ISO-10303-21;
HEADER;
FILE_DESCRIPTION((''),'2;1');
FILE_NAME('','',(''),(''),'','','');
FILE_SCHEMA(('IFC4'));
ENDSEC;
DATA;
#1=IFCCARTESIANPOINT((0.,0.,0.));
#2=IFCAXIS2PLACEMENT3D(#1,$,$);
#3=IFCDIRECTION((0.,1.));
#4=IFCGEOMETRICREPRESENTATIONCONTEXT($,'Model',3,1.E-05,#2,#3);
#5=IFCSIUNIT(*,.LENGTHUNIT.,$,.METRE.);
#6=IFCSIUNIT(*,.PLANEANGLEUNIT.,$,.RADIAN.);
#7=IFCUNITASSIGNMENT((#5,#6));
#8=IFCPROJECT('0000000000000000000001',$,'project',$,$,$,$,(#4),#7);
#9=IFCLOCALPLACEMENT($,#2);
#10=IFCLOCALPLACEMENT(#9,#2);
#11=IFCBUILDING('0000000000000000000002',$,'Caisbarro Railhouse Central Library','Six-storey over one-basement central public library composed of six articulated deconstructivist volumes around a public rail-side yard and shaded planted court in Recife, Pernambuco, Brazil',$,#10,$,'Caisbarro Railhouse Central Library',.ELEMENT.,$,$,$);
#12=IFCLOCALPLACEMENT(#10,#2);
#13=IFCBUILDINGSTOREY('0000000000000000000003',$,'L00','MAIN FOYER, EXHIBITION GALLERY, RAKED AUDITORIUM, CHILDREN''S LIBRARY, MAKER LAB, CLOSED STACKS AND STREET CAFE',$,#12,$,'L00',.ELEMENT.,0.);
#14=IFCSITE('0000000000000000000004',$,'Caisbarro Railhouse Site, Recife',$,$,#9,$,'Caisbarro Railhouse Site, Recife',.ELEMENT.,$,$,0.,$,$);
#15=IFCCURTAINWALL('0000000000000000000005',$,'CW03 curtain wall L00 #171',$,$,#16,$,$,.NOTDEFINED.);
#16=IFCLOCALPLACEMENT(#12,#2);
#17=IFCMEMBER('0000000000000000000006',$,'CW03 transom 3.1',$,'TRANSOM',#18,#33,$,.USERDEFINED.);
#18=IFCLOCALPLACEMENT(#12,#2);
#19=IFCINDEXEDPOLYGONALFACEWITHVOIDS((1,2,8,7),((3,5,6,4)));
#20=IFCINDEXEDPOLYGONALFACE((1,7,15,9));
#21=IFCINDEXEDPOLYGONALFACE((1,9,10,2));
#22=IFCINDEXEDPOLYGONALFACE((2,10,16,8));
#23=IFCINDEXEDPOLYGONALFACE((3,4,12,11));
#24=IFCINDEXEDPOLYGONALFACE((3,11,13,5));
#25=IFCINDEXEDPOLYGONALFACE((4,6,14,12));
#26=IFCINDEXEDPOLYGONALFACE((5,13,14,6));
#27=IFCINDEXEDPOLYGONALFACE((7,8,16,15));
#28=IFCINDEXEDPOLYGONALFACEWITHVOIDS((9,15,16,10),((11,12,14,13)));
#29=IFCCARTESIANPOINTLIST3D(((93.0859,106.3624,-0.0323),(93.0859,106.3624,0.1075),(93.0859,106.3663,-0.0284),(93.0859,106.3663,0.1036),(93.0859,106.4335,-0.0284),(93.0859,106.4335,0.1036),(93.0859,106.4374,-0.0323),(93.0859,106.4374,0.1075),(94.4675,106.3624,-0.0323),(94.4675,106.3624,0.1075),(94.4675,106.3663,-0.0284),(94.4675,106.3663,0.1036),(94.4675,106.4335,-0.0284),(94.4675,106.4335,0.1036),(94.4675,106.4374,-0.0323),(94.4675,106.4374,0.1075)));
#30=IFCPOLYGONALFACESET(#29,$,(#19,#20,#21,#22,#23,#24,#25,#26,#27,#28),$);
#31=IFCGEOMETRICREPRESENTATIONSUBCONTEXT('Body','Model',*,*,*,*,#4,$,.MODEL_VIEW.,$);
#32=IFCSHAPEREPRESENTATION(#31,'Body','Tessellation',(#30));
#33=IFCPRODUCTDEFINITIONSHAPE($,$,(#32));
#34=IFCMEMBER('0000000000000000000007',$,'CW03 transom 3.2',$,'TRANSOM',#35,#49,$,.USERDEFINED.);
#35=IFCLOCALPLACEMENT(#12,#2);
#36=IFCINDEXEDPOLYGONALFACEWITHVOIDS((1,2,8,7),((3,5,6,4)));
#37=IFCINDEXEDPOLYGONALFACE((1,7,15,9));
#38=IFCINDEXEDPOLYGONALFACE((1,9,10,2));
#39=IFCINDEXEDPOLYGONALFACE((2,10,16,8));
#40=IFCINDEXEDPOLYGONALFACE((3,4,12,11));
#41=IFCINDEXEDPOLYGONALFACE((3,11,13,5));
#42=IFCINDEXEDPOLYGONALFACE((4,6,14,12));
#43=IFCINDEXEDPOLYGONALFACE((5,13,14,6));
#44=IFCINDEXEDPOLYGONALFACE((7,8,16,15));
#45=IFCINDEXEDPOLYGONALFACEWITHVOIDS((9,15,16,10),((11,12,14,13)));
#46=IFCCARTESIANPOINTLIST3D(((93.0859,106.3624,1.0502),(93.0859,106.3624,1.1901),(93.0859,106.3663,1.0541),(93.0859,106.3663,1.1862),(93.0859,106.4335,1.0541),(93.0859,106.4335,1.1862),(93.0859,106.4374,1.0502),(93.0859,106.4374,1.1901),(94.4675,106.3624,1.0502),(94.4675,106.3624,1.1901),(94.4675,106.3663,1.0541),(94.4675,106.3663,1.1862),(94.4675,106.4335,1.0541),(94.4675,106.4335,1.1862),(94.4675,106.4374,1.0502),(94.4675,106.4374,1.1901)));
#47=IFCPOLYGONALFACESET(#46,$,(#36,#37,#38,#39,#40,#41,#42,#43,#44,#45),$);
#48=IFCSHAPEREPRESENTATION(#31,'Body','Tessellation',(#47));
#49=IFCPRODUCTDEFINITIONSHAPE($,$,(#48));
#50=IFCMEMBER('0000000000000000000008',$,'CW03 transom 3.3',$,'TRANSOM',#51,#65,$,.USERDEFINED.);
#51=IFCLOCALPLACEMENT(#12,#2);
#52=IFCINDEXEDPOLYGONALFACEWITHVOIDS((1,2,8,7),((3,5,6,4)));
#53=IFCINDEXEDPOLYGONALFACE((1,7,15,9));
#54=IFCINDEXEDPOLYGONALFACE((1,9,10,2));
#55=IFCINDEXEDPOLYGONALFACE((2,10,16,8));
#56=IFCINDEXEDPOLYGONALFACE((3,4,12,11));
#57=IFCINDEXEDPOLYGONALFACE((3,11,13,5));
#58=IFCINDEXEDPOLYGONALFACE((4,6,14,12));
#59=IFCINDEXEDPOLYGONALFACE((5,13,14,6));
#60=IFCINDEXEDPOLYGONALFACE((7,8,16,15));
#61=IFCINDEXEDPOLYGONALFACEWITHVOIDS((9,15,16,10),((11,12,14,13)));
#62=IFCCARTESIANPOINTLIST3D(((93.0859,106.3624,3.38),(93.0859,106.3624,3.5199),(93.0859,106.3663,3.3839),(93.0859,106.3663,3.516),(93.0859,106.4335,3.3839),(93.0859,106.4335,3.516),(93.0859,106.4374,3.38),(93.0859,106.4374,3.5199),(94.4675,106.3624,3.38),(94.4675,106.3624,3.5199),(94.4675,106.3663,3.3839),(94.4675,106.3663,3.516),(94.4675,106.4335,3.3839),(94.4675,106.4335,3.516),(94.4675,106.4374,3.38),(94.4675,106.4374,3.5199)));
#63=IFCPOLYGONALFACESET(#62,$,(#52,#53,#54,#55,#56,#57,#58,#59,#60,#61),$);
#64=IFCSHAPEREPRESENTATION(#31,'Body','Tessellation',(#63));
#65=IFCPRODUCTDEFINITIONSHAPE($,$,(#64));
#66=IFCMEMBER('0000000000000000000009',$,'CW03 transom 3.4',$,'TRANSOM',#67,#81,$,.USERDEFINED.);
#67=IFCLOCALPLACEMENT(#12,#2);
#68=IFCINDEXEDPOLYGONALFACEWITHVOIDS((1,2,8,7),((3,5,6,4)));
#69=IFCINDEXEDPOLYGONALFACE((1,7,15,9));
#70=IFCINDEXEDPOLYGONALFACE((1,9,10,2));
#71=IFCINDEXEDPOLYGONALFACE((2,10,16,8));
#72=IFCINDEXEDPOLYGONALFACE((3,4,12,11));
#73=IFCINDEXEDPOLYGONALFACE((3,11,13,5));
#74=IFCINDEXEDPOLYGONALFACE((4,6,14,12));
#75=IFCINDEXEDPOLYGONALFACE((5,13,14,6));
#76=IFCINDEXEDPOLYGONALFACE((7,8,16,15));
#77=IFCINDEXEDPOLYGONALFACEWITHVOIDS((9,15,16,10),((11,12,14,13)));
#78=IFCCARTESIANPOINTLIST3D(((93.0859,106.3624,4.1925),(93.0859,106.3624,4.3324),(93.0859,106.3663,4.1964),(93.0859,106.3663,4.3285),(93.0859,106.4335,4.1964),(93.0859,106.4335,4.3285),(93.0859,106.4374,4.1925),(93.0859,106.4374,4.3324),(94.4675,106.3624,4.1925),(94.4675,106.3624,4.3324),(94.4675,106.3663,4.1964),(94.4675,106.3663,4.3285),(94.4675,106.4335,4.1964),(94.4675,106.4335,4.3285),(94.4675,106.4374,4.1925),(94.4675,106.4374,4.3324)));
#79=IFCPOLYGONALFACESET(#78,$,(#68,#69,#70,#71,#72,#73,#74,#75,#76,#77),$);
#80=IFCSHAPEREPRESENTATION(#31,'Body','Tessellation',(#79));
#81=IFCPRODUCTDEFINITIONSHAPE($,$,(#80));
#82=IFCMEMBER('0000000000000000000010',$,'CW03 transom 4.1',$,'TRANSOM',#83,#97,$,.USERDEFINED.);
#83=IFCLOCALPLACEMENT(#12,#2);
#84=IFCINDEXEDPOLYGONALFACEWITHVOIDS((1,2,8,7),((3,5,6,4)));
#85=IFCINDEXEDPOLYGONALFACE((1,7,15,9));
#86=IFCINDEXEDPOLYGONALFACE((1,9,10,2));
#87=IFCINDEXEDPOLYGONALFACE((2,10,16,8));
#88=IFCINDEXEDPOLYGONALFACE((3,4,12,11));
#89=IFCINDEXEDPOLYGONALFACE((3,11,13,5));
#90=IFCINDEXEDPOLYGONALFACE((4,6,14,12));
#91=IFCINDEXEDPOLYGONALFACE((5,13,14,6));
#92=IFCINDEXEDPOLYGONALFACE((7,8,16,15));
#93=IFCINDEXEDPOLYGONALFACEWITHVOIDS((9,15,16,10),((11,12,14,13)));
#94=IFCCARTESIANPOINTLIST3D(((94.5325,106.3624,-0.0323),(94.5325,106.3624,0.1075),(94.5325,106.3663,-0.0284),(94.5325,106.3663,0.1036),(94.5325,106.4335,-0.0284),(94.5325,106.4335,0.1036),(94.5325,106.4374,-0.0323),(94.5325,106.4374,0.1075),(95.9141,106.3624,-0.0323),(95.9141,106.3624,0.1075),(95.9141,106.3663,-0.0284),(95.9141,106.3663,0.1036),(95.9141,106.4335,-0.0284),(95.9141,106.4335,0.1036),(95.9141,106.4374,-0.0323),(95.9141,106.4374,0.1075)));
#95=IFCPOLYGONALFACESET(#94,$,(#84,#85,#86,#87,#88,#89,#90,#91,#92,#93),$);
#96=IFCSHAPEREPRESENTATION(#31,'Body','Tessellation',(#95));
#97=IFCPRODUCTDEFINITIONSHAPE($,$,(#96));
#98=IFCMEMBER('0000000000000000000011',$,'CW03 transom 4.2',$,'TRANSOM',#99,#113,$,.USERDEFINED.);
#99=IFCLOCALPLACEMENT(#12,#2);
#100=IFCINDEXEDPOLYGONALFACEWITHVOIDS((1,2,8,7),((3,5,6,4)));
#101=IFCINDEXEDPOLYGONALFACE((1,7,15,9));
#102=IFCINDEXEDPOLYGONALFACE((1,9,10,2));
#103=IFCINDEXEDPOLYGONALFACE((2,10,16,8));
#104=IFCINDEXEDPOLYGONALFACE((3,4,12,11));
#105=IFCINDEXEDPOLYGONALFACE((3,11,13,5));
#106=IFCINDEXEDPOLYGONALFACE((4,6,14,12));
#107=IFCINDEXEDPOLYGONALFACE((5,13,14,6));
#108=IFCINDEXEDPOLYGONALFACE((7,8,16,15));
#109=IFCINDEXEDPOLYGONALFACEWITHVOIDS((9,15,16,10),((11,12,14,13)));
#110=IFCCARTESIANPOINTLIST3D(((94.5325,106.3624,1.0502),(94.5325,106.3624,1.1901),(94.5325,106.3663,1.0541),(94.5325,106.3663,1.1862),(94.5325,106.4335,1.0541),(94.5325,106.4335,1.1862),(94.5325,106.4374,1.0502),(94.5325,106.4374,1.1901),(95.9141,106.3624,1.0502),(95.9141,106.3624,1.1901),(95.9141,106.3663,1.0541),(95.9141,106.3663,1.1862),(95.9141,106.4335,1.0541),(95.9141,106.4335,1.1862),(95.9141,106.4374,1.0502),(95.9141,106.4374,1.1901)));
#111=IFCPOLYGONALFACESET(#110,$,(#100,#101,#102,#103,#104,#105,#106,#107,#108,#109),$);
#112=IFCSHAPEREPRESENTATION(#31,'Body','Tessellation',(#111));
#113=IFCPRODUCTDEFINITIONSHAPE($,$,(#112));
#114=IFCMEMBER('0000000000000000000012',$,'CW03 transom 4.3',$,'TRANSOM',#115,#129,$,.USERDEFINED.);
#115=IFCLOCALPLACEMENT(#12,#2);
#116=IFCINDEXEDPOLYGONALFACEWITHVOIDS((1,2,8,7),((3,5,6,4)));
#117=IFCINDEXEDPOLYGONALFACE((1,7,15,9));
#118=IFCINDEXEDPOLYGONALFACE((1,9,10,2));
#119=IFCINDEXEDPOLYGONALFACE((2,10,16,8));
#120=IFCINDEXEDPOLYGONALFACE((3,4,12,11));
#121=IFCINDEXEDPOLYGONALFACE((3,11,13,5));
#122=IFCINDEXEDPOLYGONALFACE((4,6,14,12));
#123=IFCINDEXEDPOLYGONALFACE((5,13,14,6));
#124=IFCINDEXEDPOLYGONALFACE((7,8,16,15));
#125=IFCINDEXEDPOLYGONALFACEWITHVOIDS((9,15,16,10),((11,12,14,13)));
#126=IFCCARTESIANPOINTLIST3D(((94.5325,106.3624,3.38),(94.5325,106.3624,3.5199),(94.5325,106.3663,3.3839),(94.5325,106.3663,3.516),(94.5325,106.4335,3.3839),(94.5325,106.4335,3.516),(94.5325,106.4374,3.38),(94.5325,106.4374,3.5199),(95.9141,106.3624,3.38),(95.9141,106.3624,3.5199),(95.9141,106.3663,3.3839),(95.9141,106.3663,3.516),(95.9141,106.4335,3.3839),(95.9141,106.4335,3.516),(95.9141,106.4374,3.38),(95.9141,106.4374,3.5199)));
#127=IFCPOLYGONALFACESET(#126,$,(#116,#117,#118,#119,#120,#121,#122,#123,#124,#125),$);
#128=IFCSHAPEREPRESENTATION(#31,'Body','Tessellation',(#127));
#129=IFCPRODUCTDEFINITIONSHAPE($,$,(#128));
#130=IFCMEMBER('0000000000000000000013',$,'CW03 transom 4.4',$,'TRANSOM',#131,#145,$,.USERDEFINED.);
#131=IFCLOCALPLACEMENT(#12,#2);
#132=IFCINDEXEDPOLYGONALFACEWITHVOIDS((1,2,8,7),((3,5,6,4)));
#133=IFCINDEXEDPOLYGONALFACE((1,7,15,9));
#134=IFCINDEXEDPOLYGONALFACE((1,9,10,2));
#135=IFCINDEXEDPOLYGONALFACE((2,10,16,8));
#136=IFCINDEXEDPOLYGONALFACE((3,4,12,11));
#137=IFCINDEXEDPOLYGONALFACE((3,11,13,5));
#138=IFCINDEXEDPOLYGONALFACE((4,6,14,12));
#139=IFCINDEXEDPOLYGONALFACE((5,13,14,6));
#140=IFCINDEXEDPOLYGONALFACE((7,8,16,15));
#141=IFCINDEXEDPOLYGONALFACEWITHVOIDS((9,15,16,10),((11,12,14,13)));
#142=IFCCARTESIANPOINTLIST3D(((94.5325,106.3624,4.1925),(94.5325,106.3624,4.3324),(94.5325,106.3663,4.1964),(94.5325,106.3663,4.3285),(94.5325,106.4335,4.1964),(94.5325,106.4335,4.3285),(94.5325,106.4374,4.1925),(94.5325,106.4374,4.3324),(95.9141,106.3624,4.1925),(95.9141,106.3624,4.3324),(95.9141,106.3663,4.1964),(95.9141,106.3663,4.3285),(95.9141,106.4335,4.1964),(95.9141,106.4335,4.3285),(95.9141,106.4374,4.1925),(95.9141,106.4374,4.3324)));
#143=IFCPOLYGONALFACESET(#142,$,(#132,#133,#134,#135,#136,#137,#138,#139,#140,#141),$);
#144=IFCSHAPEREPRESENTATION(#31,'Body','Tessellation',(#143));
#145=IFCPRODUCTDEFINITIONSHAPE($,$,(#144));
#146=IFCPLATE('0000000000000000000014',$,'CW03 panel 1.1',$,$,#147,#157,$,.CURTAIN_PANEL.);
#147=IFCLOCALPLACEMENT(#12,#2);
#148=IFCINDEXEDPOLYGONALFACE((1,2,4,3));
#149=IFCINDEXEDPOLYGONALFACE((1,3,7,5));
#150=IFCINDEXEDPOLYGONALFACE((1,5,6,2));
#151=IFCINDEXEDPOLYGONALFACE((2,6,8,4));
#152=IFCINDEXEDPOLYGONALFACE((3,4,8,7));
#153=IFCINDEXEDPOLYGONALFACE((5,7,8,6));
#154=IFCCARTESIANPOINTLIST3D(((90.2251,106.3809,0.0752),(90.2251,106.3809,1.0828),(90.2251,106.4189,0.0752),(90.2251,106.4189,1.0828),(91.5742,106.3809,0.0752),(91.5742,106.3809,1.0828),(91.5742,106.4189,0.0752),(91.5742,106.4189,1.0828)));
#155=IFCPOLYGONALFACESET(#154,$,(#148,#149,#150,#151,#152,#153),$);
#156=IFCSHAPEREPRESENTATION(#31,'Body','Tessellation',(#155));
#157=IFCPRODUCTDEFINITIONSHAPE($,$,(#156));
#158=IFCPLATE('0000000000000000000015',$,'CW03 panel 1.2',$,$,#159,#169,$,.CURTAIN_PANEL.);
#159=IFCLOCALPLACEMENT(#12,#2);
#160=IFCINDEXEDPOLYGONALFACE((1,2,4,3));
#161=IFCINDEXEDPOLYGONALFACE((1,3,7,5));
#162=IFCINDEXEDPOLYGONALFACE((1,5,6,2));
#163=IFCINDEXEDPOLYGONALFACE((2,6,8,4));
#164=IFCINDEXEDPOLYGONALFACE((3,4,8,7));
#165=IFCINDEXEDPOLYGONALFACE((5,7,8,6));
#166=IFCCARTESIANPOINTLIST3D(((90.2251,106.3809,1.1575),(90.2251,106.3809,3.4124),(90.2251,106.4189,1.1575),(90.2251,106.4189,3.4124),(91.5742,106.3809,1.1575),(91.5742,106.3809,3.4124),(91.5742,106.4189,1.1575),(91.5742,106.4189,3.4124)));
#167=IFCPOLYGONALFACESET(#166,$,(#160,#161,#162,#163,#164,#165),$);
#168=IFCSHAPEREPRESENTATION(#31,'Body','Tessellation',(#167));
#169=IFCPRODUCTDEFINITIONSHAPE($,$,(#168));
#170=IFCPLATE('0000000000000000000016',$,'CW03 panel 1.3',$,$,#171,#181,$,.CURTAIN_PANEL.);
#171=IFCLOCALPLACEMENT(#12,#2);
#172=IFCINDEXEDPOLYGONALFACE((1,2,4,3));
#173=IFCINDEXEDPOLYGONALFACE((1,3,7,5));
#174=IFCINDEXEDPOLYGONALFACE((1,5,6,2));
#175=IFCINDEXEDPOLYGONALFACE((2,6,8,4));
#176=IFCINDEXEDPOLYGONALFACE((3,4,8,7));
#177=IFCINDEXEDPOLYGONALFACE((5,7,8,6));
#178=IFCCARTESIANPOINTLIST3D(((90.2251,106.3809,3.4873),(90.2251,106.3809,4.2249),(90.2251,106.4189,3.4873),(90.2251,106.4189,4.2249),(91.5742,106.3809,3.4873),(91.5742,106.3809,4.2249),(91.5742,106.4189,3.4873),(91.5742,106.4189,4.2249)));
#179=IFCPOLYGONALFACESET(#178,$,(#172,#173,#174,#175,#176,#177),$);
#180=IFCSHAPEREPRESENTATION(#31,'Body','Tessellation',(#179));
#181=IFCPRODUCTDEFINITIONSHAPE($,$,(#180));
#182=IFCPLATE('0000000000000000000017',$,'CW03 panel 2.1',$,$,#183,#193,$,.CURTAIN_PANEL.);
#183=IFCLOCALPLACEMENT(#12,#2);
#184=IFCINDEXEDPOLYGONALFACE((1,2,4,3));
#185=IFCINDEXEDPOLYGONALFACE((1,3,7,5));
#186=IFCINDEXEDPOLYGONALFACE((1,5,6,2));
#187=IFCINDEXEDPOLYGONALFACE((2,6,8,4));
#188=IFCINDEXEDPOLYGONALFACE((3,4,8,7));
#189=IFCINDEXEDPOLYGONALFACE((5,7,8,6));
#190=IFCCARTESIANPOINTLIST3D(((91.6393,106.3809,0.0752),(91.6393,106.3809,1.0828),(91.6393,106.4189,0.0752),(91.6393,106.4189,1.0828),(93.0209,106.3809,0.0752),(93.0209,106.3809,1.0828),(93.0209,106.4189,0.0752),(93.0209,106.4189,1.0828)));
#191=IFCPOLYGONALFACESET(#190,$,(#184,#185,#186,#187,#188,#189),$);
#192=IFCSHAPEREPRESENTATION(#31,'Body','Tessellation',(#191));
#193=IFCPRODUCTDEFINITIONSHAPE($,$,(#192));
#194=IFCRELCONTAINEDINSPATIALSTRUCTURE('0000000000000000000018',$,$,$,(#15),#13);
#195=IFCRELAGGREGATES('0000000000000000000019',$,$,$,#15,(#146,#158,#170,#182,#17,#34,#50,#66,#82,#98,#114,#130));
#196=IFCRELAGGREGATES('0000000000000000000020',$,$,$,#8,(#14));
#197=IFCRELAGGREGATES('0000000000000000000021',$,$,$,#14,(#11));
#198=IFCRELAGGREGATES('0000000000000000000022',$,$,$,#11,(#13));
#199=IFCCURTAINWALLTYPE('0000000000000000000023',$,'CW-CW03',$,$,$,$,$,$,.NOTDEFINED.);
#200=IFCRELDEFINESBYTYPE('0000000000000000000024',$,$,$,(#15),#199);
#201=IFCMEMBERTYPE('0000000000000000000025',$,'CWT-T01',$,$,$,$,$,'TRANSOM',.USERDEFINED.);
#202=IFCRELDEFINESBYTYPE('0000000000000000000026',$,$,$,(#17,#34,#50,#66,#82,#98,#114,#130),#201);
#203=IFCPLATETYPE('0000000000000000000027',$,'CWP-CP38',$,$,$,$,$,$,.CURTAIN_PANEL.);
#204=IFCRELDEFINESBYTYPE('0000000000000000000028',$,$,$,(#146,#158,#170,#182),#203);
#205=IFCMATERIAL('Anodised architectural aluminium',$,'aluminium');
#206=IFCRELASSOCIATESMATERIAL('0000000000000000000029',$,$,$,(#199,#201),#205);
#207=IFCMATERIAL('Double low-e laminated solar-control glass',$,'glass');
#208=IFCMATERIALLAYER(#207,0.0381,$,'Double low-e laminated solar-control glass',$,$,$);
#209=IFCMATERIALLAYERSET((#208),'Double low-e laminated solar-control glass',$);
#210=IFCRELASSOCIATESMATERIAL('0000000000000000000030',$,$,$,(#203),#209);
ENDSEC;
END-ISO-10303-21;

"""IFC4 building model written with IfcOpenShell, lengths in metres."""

from ifc_helpers import new_model, si_unit, direction, frame, origin, origin_2d, place, context, subcontext, project, spatial, rectangle, hollow_rectangle, extrude, material, layer, layer_set, material_profile, profile_set, type_object, element, aggregate, save


model = new_model("IFC4")

# Units and contexts
model_context = context("Model", 3, precision=1e-05, world=origin(), true_north=direction((0.0, 1.0)))
body_context = subcontext(model_context, "Body", "Model", "MODEL_VIEW")
ifc_project = project(units=[si_unit("LENGTHUNIT", "METRE"), si_unit("PLANEANGLEUNIT", "RADIAN")], contexts=[model_context])

# Site, building, storey
site_placement = place(None, origin())
site = spatial("IfcSite", under=ifc_project, at=site_placement, Name="Caisbarro Railhouse Site, Recife", LongName="Caisbarro Railhouse Site, Recife", CompositionType="ELEMENT", RefElevation=0.0)
building_placement = place(site_placement, origin())
building = spatial("IfcBuilding", under=site, at=building_placement, Name="Caisbarro Railhouse Central Library", Description="Six-storey over one-basement central public library composed of six articulated deconstructivist volumes around a public rail-side yard and shaded planted court in Recife, Pernambuco, Brazil", LongName="Caisbarro Railhouse Central Library", CompositionType="ELEMENT")
storey_placement = place(building_placement, origin())
storey = spatial("IfcBuildingStorey", under=building, at=storey_placement, Name="L00", Description="MAIN FOYER, EXHIBITION GALLERY, RAKED AUDITORIUM, CHILDREN'S LIBRARY, MAKER LAB, CLOSED STACKS AND STREET CAFE", LongName="L00", CompositionType="ELEMENT", Elevation=0.0)

# Curtain wall, members, plates
ifc_material_1 = material(Name="Anodised architectural aluminium", Category="aluminium")
curtain_wall_type = type_object("IfcCurtainWallType", Name="CW-CW03", PredefinedType="NOTDEFINED", material=ifc_material_1)
curtain_wall_placement = place(storey_placement, origin())
curtain_wall = element("IfcCurtainWall", 1, at=curtain_wall_placement, inside=storey, type_object=curtain_wall_type, Name="CW03 curtain wall L00 #171", PredefinedType="NOTDEFINED")
ifc_material_profile_1 = material_profile(ifc_material_1, hollow_rectangle(XDim=0.075, YDim=0.1399, WallThickness=0.0039, at=origin_2d()), Name="ALU-TRN-75X140")
ifc_profile_set_1 = profile_set([ifc_material_profile_1], Name="Anodised architectural aluminium")
member_type_1 = type_object("IfcMemberType", Name="CWT-T01", ElementType="TRANSOM", PredefinedType="USERDEFINED", material=ifc_profile_set_1)
member_1_placement = place(storey_placement, frame((93.0859, 106.3999, 0.0376), z_axis=(1.0, 0.0, 0.0), x_axis=(0.0, 1.0, 0.0)))
member_1 = element("IfcMember", 2, at=member_1_placement, type_object=member_type_1, Name="CW03 transom 3.1", ObjectType="TRANSOM", PredefinedType="USERDEFINED", context=body_context, shape_type="SweptSolid", body=[
    extrude(hollow_rectangle(XDim=0.075, YDim=0.1399, WallThickness=0.0039, at=origin_2d()), origin(), (0.0, 0.0, 1.0), 1.3816),
])
member_2_placement = place(storey_placement, frame((93.0859, 106.3999, 1.1201), z_axis=(1.0, 0.0, 0.0), x_axis=(0.0, 1.0, 0.0)))
member_2 = element("IfcMember", 3, at=member_2_placement, type_object=member_type_1, Name="CW03 transom 3.2", ObjectType="TRANSOM", PredefinedType="USERDEFINED", context=body_context, shape_type="SweptSolid", body=[
    extrude(hollow_rectangle(XDim=0.075, YDim=0.1399, WallThickness=0.0039, at=origin_2d()), origin(), (0.0, 0.0, 1.0), 1.3816),
])
member_3_placement = place(storey_placement, frame((93.0859, 106.3999, 3.45), z_axis=(1.0, 0.0, 0.0), x_axis=(0.0, 1.0, 0.0)))
member_3 = element("IfcMember", 4, at=member_3_placement, type_object=member_type_1, Name="CW03 transom 3.3", ObjectType="TRANSOM", PredefinedType="USERDEFINED", context=body_context, shape_type="SweptSolid", body=[
    extrude(hollow_rectangle(XDim=0.075, YDim=0.1399, WallThickness=0.0039, at=origin_2d()), origin(), (0.0, 0.0, 1.0), 1.3816),
])
member_4_placement = place(storey_placement, frame((93.0859, 106.3999, 4.2625), z_axis=(1.0, 0.0, 0.0), x_axis=(0.0, 1.0, 0.0)))
member_4 = element("IfcMember", 5, at=member_4_placement, type_object=member_type_1, Name="CW03 transom 3.4", ObjectType="TRANSOM", PredefinedType="USERDEFINED", context=body_context, shape_type="SweptSolid", body=[
    extrude(hollow_rectangle(XDim=0.075, YDim=0.1399, WallThickness=0.0039, at=origin_2d()), origin(), (0.0, 0.0, 1.0), 1.3816),
])
member_5_placement = place(storey_placement, frame((94.5325, 106.3999, 0.0376), z_axis=(1.0, 0.0, 0.0), x_axis=(0.0, 1.0, 0.0)))
member_5 = element("IfcMember", 6, at=member_5_placement, type_object=member_type_1, Name="CW03 transom 4.1", ObjectType="TRANSOM", PredefinedType="USERDEFINED", context=body_context, shape_type="SweptSolid", body=[
    extrude(hollow_rectangle(XDim=0.075, YDim=0.1399, WallThickness=0.0039, at=origin_2d()), origin(), (0.0, 0.0, 1.0), 1.3816),
])
member_6_placement = place(storey_placement, frame((94.5325, 106.3999, 1.1201), z_axis=(1.0, 0.0, 0.0), x_axis=(0.0, 1.0, 0.0)))
member_6 = element("IfcMember", 7, at=member_6_placement, type_object=member_type_1, Name="CW03 transom 4.2", ObjectType="TRANSOM", PredefinedType="USERDEFINED", context=body_context, shape_type="SweptSolid", body=[
    extrude(hollow_rectangle(XDim=0.075, YDim=0.1399, WallThickness=0.0039, at=origin_2d()), origin(), (0.0, 0.0, 1.0), 1.3816),
])
member_7_placement = place(storey_placement, frame((94.5325, 106.3999, 3.45), z_axis=(1.0, 0.0, 0.0), x_axis=(0.0, 1.0, 0.0)))
member_7 = element("IfcMember", 8, at=member_7_placement, type_object=member_type_1, Name="CW03 transom 4.3", ObjectType="TRANSOM", PredefinedType="USERDEFINED", context=body_context, shape_type="SweptSolid", body=[
    extrude(hollow_rectangle(XDim=0.075, YDim=0.1399, WallThickness=0.0039, at=origin_2d()), origin(), (0.0, 0.0, 1.0), 1.3816),
])
member_8_placement = place(storey_placement, frame((94.5325, 106.3999, 4.2625), z_axis=(1.0, 0.0, 0.0), x_axis=(0.0, 1.0, 0.0)))
member_8 = element("IfcMember", 9, at=member_8_placement, type_object=member_type_1, Name="CW03 transom 4.4", ObjectType="TRANSOM", PredefinedType="USERDEFINED", context=body_context, shape_type="SweptSolid", body=[
    extrude(hollow_rectangle(XDim=0.075, YDim=0.1399, WallThickness=0.0039, at=origin_2d()), origin(), (0.0, 0.0, 1.0), 1.3816),
])
ifc_material_2 = material(Name="Double low-e laminated solar-control glass", Category="glass")
ifc_layer = layer(ifc_material_2, 0.0381, Name="Double low-e laminated solar-control glass")
ifc_layer_set = layer_set([ifc_layer], Name="Double low-e laminated solar-control glass")
plate_type = type_object("IfcPlateType", Name="CWP-CP38", PredefinedType="CURTAIN_PANEL", material=ifc_layer_set)
plate_1_placement = place(storey_placement, frame((90.8997, 106.3999, 0.0752), z_axis=(0.0, 0.0, 1.0), x_axis=(1.0, 0.0, 0.0)))
plate_1 = element("IfcPlate", 10, at=plate_1_placement, type_object=plate_type, Name="CW03 panel 1.1", PredefinedType="CURTAIN_PANEL", context=body_context, shape_type="SweptSolid", body=[
    extrude(rectangle(XDim=1.3491, YDim=0.0381, at=origin_2d()), origin(), (0.0, 0.0, 1.0), 1.0076),
])
plate_2_placement = place(storey_placement, frame((90.8997, 106.3999, 1.1575), z_axis=(0.0, 0.0, 1.0), x_axis=(1.0, 0.0, 0.0)))
plate_2 = element("IfcPlate", 11, at=plate_2_placement, type_object=plate_type, Name="CW03 panel 1.2", PredefinedType="CURTAIN_PANEL", context=body_context, shape_type="SweptSolid", body=[
    extrude(rectangle(XDim=1.3491, YDim=0.0381, at=origin_2d()), origin(), (0.0, 0.0, 1.0), 2.2549),
])
plate_3_placement = place(storey_placement, frame((90.8997, 106.3999, 3.4873), z_axis=(0.0, 0.0, 1.0), x_axis=(1.0, 0.0, 0.0)))
plate_3 = element("IfcPlate", 12, at=plate_3_placement, type_object=plate_type, Name="CW03 panel 1.3", PredefinedType="CURTAIN_PANEL", context=body_context, shape_type="SweptSolid", body=[
    extrude(rectangle(XDim=1.3491, YDim=0.0381, at=origin_2d()), origin(), (0.0, 0.0, 1.0), 0.7375),
])
plate_4_placement = place(storey_placement, frame((92.3301, 106.3999, 0.0752), z_axis=(0.0, 0.0, 1.0), x_axis=(1.0, 0.0, 0.0)))
plate_4 = element("IfcPlate", 13, at=plate_4_placement, type_object=plate_type, Name="CW03 panel 2.1", PredefinedType="CURTAIN_PANEL", context=body_context, shape_type="SweptSolid", body=[
    extrude(rectangle(XDim=1.3816, YDim=0.0381, at=origin_2d()), origin(), (0.0, 0.0, 1.0), 1.0076),
])
aggregate(curtain_wall, [plate_1, plate_2, plate_3, plate_4, member_1, member_2, member_3, member_4, member_5, member_6, member_7, member_8])

save(model, "model.ifc")
